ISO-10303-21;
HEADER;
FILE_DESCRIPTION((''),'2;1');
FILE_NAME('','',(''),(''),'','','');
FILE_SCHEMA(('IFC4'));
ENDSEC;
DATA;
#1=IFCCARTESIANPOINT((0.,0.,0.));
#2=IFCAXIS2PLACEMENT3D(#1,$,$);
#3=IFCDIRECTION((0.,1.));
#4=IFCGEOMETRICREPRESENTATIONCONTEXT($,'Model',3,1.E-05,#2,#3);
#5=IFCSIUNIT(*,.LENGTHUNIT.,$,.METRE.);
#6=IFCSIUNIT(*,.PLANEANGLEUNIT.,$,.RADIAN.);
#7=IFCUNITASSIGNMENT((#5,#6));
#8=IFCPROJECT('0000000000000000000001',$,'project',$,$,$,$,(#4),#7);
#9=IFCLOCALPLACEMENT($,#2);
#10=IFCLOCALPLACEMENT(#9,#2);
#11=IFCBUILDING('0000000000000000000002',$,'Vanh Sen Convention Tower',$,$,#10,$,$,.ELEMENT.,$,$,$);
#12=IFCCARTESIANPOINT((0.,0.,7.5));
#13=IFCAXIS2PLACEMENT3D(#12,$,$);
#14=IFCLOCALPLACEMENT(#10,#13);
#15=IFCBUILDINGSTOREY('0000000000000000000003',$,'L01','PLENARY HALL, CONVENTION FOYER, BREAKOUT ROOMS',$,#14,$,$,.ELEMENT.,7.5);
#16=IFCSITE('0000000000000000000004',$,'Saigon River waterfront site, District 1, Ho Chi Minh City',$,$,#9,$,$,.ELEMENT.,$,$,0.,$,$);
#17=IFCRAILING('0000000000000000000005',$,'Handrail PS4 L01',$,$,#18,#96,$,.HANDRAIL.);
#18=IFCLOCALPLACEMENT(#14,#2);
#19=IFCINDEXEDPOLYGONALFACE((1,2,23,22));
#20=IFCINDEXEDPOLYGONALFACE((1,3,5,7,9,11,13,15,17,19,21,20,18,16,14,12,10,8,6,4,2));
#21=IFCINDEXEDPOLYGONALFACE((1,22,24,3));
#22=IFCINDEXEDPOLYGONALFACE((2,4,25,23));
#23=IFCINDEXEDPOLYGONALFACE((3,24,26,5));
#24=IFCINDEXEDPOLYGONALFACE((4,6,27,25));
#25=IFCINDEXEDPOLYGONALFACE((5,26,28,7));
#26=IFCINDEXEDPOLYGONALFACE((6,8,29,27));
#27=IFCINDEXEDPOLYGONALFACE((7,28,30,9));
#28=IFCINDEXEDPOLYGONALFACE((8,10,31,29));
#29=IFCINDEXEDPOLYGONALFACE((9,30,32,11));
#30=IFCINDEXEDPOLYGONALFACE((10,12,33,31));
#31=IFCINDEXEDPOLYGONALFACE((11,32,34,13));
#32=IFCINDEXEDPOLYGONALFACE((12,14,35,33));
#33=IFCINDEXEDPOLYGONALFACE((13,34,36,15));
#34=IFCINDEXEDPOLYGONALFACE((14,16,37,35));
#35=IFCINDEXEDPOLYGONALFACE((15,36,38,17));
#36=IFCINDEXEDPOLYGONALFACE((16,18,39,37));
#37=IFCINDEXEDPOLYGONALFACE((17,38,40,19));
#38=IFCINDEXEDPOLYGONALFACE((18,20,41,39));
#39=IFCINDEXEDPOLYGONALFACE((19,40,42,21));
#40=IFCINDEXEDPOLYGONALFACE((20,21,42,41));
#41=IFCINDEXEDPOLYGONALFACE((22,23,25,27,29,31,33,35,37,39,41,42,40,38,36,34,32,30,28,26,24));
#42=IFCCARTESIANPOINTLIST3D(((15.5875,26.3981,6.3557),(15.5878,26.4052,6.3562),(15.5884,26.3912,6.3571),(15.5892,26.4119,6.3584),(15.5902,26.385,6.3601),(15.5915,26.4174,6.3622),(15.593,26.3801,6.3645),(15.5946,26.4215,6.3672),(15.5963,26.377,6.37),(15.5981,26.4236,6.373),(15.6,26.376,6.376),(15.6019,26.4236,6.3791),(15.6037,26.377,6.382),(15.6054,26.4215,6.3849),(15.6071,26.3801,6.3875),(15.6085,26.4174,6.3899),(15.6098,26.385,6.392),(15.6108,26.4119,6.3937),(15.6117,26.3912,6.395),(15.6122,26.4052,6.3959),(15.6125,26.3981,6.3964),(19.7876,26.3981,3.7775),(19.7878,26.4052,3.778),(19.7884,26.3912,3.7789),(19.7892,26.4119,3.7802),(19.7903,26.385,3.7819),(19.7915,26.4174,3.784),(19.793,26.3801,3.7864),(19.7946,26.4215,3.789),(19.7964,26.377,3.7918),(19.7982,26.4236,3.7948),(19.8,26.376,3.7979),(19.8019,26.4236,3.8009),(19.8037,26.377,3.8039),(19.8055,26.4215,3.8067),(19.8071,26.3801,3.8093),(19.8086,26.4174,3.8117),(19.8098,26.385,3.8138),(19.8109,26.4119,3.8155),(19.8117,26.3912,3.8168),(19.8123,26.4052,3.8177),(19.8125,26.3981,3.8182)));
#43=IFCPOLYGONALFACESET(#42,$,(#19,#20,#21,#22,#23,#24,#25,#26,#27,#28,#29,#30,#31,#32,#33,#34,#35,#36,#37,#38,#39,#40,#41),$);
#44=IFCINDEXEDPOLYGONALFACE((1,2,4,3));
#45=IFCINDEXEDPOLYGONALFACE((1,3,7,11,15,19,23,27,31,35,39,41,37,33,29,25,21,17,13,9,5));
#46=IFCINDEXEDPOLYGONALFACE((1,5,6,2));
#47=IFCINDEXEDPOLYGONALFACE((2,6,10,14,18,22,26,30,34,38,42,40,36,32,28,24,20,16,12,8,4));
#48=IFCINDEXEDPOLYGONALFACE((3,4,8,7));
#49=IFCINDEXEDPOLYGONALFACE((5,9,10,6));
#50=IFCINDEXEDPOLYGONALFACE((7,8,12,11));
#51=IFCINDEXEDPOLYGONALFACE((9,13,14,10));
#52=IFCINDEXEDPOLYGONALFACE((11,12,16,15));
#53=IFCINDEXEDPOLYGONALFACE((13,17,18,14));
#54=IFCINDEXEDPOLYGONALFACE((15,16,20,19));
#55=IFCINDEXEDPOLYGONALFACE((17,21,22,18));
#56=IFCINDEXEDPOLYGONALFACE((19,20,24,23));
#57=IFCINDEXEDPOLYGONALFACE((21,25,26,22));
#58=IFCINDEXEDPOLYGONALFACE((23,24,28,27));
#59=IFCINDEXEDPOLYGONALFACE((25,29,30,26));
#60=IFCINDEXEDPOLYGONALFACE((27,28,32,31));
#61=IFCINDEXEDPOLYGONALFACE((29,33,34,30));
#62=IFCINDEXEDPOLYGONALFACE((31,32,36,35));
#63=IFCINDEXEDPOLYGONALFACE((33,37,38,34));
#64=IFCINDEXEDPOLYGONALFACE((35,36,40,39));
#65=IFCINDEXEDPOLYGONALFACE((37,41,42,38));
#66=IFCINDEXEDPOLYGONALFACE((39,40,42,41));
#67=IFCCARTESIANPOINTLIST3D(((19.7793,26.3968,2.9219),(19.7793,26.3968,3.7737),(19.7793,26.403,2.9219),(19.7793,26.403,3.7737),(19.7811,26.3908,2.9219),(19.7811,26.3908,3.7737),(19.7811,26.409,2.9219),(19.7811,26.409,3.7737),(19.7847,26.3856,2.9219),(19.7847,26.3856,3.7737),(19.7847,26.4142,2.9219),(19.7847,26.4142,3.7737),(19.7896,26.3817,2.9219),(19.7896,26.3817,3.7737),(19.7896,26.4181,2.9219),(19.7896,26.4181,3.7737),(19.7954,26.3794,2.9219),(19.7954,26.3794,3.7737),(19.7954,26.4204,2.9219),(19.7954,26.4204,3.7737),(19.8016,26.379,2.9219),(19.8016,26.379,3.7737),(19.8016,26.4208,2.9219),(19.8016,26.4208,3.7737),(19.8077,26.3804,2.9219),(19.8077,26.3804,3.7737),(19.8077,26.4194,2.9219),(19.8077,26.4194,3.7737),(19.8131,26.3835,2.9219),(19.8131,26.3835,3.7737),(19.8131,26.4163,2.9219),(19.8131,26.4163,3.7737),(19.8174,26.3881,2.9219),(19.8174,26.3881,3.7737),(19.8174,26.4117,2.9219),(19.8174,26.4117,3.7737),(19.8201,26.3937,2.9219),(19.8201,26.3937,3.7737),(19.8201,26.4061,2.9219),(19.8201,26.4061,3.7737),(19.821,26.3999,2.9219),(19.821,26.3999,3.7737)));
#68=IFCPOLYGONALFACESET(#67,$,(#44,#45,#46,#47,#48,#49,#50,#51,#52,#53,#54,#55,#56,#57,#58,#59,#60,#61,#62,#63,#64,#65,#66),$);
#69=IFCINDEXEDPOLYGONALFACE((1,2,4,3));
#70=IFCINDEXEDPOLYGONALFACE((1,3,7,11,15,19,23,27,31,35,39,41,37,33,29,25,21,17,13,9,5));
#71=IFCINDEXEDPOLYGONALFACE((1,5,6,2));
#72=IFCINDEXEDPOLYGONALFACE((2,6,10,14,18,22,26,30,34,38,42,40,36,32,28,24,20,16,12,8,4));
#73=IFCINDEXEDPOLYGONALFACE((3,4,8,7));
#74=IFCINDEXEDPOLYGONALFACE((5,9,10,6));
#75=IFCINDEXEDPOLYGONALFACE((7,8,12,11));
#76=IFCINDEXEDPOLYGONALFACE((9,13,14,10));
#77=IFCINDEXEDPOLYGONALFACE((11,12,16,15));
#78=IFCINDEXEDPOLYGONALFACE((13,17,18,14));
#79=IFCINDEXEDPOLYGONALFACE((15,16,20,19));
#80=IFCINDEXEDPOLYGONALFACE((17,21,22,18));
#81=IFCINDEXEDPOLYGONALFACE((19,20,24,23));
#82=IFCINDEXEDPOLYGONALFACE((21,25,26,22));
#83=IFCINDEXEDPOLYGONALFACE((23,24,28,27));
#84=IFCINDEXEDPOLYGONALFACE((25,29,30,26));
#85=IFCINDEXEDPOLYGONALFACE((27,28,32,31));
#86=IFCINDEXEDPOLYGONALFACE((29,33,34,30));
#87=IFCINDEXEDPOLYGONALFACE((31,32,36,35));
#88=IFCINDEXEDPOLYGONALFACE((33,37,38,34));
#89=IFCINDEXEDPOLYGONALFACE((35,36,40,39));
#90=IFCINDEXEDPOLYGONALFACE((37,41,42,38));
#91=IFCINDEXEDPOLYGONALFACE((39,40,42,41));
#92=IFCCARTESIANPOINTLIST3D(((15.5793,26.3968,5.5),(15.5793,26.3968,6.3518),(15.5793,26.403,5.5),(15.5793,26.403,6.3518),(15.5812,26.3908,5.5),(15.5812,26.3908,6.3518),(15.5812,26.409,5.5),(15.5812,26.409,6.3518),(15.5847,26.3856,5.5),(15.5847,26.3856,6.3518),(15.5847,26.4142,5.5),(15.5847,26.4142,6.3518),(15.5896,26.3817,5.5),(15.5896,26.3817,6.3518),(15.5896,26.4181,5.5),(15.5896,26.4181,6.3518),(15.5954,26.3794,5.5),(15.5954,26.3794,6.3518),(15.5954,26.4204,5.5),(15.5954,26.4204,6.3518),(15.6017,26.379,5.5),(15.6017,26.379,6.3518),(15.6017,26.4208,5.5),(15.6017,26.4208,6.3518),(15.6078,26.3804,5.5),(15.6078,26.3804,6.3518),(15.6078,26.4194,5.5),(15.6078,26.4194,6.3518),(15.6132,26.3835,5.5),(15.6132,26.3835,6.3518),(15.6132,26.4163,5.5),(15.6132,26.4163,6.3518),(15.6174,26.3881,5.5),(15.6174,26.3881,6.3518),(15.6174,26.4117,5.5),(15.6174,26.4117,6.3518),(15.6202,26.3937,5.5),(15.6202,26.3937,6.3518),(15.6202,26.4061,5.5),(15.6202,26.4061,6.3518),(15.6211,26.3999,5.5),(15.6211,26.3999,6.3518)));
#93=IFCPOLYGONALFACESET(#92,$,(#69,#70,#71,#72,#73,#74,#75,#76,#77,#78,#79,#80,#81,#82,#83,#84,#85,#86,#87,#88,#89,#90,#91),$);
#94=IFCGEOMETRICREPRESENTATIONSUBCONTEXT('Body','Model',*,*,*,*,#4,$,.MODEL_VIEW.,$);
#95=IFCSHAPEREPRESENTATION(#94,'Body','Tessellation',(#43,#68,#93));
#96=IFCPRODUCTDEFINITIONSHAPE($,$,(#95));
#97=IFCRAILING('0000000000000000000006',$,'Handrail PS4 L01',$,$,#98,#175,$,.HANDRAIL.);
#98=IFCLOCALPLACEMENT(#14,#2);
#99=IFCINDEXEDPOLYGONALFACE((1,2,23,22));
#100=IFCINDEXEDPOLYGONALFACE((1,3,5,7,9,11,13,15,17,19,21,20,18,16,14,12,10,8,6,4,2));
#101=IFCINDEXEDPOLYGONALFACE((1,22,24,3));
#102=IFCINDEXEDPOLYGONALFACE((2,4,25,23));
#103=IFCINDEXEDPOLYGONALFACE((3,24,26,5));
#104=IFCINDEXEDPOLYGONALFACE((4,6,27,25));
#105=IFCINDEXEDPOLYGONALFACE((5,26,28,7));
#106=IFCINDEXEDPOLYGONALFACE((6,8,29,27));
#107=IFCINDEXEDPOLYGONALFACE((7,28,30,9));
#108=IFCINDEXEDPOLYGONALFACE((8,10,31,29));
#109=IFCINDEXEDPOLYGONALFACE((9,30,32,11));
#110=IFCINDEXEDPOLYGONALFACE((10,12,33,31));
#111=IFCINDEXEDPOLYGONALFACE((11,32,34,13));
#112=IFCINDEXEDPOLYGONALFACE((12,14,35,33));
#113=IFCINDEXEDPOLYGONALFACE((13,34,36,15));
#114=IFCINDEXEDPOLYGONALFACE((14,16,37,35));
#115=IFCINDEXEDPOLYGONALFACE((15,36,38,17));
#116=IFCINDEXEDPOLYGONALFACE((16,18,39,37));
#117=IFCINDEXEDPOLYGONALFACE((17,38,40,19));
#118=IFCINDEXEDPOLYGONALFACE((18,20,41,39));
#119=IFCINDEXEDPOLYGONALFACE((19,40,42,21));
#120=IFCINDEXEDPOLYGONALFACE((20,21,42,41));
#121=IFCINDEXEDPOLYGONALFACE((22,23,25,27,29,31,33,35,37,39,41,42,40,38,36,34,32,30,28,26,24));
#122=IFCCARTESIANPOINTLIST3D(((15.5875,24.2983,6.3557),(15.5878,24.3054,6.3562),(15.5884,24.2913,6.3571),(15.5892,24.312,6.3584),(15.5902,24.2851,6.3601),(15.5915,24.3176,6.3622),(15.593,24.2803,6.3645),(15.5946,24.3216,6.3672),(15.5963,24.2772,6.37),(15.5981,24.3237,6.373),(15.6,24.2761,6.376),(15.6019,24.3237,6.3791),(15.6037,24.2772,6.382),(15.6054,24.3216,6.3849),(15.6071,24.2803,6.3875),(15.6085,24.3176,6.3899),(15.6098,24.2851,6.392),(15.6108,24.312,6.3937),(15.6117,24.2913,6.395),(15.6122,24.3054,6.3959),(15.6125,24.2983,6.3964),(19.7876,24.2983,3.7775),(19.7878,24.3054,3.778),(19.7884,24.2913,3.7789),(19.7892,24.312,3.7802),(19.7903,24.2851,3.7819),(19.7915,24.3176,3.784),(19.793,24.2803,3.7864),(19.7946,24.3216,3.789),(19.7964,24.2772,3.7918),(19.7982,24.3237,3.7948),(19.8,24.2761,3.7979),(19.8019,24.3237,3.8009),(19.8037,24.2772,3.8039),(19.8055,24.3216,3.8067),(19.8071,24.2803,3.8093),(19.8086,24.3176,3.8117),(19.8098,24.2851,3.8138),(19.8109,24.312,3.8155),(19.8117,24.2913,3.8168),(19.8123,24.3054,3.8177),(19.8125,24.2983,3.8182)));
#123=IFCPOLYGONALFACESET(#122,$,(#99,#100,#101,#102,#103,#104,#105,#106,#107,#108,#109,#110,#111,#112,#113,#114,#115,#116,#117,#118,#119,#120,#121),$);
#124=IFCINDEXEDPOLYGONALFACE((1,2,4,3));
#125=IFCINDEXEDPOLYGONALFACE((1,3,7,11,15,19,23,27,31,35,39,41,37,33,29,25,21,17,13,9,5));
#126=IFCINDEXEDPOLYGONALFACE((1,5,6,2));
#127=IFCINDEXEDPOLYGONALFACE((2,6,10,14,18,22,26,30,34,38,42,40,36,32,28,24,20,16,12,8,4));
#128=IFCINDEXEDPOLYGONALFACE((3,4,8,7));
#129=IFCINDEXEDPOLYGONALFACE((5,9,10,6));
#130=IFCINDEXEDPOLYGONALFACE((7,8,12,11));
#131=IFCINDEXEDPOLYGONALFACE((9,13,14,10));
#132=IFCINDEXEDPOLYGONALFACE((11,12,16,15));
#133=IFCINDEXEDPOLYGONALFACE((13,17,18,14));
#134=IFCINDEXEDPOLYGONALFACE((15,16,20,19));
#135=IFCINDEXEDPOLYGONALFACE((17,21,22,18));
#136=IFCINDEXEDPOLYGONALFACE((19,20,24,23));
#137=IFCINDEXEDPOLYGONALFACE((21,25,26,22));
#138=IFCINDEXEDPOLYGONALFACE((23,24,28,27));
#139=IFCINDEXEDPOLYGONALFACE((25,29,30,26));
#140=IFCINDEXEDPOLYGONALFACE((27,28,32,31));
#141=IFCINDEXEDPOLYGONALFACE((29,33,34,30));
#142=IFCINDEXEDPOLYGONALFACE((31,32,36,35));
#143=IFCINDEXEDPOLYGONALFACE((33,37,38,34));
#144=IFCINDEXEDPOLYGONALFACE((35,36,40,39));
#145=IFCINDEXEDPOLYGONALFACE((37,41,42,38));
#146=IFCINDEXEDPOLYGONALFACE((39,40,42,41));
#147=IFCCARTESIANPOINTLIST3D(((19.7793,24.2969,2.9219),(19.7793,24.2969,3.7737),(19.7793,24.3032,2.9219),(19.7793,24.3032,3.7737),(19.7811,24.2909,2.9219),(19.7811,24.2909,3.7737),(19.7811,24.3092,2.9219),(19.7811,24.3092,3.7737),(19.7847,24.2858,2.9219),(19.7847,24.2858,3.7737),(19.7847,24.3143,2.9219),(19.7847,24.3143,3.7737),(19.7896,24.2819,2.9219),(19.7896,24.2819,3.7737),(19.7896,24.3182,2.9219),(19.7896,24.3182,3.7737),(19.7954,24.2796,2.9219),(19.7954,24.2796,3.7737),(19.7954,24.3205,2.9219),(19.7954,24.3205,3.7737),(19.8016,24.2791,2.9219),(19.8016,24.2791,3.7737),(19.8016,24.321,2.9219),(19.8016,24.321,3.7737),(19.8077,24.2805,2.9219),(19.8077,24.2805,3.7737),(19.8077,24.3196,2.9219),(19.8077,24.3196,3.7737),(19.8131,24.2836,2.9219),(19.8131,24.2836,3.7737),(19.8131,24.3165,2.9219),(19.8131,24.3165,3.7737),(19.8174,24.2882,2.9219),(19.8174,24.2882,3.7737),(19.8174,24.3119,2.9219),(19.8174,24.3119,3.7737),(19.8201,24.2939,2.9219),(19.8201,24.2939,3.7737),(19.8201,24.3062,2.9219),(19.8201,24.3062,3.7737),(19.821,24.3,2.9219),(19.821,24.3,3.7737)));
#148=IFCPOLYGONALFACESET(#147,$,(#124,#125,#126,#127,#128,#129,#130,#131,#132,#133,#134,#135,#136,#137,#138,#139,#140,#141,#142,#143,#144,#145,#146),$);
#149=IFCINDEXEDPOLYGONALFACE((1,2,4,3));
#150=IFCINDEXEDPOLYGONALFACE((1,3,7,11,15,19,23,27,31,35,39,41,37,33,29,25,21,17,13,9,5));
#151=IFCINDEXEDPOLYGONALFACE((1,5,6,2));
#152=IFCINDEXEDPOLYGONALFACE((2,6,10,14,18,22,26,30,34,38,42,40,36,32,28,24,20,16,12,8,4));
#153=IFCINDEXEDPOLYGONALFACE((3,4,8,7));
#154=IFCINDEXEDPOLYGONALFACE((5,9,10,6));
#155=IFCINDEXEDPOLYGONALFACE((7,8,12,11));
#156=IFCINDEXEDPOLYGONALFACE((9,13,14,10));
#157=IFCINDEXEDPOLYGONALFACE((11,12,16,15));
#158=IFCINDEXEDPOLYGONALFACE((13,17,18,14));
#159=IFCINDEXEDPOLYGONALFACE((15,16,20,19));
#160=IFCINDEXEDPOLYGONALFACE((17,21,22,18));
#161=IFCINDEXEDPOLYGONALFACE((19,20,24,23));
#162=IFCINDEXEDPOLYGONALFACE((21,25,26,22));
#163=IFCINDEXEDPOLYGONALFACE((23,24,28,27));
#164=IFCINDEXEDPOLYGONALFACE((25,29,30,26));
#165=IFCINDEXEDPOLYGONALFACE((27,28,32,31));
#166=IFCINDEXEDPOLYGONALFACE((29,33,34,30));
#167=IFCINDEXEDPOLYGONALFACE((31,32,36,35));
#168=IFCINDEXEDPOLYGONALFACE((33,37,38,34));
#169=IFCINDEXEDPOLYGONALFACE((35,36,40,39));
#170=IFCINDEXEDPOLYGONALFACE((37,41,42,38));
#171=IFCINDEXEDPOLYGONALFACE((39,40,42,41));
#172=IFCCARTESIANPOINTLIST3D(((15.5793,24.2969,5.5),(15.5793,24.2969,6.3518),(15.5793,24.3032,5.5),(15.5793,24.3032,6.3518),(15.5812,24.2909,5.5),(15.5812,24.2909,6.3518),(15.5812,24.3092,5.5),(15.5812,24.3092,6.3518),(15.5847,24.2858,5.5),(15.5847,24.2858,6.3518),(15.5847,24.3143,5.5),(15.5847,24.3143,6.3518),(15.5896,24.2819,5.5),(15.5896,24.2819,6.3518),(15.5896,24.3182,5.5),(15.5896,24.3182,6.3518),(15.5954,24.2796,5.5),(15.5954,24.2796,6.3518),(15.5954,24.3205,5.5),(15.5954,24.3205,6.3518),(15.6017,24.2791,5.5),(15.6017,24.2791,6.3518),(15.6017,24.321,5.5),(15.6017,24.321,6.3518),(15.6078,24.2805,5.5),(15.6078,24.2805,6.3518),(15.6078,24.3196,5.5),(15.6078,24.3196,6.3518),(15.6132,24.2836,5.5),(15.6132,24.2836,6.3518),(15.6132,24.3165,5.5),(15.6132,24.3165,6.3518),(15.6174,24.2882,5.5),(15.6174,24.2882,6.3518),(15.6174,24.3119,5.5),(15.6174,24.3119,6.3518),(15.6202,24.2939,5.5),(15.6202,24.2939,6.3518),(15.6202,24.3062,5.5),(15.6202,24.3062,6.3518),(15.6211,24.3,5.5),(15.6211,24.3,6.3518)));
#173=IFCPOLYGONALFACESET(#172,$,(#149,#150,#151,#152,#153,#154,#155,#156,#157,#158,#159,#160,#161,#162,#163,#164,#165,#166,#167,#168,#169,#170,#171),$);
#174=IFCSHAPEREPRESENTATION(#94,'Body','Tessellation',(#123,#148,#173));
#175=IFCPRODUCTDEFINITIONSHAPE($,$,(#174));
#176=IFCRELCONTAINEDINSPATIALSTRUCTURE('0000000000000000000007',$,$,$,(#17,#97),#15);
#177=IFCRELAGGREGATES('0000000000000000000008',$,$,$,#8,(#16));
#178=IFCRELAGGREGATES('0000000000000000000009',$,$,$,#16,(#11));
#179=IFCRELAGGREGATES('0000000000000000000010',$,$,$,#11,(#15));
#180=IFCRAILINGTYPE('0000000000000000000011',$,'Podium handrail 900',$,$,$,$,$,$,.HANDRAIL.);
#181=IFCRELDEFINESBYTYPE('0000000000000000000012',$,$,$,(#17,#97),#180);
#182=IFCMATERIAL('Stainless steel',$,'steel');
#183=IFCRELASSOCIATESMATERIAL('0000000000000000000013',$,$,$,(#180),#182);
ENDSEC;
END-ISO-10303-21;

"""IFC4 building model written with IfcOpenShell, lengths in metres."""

from ifc_helpers import new_model, si_unit, direction, frame, origin, origin_2d, place, context, subcontext, project, spatial, circle, extrude, material, type_object, element, save


model = new_model("IFC4")

# Units and contexts
model_context = context("Model", 3, precision=1e-05, world=origin(), true_north=direction((0.0, 1.0)))
body_context = subcontext(model_context, "Body", "Model", "MODEL_VIEW")
ifc_project = project(units=[si_unit("LENGTHUNIT", "METRE"), si_unit("PLANEANGLEUNIT", "RADIAN")], contexts=[model_context])

# Site, building, storey
site_placement = place(None, origin())
site = spatial("IfcSite", under=ifc_project, at=site_placement, Name="Saigon River waterfront site, District 1, Ho Chi Minh City", CompositionType="ELEMENT", RefElevation=0.0)
building_placement = place(site_placement, origin())
building = spatial("IfcBuilding", under=site, at=building_placement, Name="Vanh Sen Convention Tower", CompositionType="ELEMENT")
storey_placement = place(building_placement, frame((0.0, 0.0, 7.5)))
storey = spatial("IfcBuildingStorey", under=building, at=storey_placement, Name="L01", Description="PLENARY HALL, CONVENTION FOYER, BREAKOUT ROOMS", CompositionType="ELEMENT", Elevation=7.5)

# Railings
ifc_material_1 = material(Name="Stainless steel", Category="steel")
railing_type = type_object("IfcRailingType", Name="Podium handrail 900", PredefinedType="HANDRAIL", material=ifc_material_1)
for number, where, name in (
    (1, (19.8, 26.3999, 2.9219), "Handrail PS4 L01"),
    (2, (19.8, 24.3, 2.9219), "Handrail PS4 L01"),
):
    element("IfcRailing", number, at=place(storey_placement, frame(where)), inside=storey, type_object=railing_type, Name=name, PredefinedType="HANDRAIL", context=body_context, shape_type="SweptSolid", body=[
        extrude(circle(Radius=0.0239, at=origin_2d()), frame((0.0, 0.0, 0.876), z_axis=(-0.852243, 0.0, 0.523146), x_axis=(0.0, -1.0, 0.0)), (0.0, 0.0, 1.0), 4.9282),
        extrude(circle(Radius=0.021, at=origin_2d()), origin(), (0.0, 0.0, 1.0), 0.8518),
        extrude(circle(Radius=0.021, at=origin_2d()), frame((-4.2, 0.0, 2.5781)), (0.0, 0.0, 1.0), 0.8518),
    ])

save(model, "model.ifc")
